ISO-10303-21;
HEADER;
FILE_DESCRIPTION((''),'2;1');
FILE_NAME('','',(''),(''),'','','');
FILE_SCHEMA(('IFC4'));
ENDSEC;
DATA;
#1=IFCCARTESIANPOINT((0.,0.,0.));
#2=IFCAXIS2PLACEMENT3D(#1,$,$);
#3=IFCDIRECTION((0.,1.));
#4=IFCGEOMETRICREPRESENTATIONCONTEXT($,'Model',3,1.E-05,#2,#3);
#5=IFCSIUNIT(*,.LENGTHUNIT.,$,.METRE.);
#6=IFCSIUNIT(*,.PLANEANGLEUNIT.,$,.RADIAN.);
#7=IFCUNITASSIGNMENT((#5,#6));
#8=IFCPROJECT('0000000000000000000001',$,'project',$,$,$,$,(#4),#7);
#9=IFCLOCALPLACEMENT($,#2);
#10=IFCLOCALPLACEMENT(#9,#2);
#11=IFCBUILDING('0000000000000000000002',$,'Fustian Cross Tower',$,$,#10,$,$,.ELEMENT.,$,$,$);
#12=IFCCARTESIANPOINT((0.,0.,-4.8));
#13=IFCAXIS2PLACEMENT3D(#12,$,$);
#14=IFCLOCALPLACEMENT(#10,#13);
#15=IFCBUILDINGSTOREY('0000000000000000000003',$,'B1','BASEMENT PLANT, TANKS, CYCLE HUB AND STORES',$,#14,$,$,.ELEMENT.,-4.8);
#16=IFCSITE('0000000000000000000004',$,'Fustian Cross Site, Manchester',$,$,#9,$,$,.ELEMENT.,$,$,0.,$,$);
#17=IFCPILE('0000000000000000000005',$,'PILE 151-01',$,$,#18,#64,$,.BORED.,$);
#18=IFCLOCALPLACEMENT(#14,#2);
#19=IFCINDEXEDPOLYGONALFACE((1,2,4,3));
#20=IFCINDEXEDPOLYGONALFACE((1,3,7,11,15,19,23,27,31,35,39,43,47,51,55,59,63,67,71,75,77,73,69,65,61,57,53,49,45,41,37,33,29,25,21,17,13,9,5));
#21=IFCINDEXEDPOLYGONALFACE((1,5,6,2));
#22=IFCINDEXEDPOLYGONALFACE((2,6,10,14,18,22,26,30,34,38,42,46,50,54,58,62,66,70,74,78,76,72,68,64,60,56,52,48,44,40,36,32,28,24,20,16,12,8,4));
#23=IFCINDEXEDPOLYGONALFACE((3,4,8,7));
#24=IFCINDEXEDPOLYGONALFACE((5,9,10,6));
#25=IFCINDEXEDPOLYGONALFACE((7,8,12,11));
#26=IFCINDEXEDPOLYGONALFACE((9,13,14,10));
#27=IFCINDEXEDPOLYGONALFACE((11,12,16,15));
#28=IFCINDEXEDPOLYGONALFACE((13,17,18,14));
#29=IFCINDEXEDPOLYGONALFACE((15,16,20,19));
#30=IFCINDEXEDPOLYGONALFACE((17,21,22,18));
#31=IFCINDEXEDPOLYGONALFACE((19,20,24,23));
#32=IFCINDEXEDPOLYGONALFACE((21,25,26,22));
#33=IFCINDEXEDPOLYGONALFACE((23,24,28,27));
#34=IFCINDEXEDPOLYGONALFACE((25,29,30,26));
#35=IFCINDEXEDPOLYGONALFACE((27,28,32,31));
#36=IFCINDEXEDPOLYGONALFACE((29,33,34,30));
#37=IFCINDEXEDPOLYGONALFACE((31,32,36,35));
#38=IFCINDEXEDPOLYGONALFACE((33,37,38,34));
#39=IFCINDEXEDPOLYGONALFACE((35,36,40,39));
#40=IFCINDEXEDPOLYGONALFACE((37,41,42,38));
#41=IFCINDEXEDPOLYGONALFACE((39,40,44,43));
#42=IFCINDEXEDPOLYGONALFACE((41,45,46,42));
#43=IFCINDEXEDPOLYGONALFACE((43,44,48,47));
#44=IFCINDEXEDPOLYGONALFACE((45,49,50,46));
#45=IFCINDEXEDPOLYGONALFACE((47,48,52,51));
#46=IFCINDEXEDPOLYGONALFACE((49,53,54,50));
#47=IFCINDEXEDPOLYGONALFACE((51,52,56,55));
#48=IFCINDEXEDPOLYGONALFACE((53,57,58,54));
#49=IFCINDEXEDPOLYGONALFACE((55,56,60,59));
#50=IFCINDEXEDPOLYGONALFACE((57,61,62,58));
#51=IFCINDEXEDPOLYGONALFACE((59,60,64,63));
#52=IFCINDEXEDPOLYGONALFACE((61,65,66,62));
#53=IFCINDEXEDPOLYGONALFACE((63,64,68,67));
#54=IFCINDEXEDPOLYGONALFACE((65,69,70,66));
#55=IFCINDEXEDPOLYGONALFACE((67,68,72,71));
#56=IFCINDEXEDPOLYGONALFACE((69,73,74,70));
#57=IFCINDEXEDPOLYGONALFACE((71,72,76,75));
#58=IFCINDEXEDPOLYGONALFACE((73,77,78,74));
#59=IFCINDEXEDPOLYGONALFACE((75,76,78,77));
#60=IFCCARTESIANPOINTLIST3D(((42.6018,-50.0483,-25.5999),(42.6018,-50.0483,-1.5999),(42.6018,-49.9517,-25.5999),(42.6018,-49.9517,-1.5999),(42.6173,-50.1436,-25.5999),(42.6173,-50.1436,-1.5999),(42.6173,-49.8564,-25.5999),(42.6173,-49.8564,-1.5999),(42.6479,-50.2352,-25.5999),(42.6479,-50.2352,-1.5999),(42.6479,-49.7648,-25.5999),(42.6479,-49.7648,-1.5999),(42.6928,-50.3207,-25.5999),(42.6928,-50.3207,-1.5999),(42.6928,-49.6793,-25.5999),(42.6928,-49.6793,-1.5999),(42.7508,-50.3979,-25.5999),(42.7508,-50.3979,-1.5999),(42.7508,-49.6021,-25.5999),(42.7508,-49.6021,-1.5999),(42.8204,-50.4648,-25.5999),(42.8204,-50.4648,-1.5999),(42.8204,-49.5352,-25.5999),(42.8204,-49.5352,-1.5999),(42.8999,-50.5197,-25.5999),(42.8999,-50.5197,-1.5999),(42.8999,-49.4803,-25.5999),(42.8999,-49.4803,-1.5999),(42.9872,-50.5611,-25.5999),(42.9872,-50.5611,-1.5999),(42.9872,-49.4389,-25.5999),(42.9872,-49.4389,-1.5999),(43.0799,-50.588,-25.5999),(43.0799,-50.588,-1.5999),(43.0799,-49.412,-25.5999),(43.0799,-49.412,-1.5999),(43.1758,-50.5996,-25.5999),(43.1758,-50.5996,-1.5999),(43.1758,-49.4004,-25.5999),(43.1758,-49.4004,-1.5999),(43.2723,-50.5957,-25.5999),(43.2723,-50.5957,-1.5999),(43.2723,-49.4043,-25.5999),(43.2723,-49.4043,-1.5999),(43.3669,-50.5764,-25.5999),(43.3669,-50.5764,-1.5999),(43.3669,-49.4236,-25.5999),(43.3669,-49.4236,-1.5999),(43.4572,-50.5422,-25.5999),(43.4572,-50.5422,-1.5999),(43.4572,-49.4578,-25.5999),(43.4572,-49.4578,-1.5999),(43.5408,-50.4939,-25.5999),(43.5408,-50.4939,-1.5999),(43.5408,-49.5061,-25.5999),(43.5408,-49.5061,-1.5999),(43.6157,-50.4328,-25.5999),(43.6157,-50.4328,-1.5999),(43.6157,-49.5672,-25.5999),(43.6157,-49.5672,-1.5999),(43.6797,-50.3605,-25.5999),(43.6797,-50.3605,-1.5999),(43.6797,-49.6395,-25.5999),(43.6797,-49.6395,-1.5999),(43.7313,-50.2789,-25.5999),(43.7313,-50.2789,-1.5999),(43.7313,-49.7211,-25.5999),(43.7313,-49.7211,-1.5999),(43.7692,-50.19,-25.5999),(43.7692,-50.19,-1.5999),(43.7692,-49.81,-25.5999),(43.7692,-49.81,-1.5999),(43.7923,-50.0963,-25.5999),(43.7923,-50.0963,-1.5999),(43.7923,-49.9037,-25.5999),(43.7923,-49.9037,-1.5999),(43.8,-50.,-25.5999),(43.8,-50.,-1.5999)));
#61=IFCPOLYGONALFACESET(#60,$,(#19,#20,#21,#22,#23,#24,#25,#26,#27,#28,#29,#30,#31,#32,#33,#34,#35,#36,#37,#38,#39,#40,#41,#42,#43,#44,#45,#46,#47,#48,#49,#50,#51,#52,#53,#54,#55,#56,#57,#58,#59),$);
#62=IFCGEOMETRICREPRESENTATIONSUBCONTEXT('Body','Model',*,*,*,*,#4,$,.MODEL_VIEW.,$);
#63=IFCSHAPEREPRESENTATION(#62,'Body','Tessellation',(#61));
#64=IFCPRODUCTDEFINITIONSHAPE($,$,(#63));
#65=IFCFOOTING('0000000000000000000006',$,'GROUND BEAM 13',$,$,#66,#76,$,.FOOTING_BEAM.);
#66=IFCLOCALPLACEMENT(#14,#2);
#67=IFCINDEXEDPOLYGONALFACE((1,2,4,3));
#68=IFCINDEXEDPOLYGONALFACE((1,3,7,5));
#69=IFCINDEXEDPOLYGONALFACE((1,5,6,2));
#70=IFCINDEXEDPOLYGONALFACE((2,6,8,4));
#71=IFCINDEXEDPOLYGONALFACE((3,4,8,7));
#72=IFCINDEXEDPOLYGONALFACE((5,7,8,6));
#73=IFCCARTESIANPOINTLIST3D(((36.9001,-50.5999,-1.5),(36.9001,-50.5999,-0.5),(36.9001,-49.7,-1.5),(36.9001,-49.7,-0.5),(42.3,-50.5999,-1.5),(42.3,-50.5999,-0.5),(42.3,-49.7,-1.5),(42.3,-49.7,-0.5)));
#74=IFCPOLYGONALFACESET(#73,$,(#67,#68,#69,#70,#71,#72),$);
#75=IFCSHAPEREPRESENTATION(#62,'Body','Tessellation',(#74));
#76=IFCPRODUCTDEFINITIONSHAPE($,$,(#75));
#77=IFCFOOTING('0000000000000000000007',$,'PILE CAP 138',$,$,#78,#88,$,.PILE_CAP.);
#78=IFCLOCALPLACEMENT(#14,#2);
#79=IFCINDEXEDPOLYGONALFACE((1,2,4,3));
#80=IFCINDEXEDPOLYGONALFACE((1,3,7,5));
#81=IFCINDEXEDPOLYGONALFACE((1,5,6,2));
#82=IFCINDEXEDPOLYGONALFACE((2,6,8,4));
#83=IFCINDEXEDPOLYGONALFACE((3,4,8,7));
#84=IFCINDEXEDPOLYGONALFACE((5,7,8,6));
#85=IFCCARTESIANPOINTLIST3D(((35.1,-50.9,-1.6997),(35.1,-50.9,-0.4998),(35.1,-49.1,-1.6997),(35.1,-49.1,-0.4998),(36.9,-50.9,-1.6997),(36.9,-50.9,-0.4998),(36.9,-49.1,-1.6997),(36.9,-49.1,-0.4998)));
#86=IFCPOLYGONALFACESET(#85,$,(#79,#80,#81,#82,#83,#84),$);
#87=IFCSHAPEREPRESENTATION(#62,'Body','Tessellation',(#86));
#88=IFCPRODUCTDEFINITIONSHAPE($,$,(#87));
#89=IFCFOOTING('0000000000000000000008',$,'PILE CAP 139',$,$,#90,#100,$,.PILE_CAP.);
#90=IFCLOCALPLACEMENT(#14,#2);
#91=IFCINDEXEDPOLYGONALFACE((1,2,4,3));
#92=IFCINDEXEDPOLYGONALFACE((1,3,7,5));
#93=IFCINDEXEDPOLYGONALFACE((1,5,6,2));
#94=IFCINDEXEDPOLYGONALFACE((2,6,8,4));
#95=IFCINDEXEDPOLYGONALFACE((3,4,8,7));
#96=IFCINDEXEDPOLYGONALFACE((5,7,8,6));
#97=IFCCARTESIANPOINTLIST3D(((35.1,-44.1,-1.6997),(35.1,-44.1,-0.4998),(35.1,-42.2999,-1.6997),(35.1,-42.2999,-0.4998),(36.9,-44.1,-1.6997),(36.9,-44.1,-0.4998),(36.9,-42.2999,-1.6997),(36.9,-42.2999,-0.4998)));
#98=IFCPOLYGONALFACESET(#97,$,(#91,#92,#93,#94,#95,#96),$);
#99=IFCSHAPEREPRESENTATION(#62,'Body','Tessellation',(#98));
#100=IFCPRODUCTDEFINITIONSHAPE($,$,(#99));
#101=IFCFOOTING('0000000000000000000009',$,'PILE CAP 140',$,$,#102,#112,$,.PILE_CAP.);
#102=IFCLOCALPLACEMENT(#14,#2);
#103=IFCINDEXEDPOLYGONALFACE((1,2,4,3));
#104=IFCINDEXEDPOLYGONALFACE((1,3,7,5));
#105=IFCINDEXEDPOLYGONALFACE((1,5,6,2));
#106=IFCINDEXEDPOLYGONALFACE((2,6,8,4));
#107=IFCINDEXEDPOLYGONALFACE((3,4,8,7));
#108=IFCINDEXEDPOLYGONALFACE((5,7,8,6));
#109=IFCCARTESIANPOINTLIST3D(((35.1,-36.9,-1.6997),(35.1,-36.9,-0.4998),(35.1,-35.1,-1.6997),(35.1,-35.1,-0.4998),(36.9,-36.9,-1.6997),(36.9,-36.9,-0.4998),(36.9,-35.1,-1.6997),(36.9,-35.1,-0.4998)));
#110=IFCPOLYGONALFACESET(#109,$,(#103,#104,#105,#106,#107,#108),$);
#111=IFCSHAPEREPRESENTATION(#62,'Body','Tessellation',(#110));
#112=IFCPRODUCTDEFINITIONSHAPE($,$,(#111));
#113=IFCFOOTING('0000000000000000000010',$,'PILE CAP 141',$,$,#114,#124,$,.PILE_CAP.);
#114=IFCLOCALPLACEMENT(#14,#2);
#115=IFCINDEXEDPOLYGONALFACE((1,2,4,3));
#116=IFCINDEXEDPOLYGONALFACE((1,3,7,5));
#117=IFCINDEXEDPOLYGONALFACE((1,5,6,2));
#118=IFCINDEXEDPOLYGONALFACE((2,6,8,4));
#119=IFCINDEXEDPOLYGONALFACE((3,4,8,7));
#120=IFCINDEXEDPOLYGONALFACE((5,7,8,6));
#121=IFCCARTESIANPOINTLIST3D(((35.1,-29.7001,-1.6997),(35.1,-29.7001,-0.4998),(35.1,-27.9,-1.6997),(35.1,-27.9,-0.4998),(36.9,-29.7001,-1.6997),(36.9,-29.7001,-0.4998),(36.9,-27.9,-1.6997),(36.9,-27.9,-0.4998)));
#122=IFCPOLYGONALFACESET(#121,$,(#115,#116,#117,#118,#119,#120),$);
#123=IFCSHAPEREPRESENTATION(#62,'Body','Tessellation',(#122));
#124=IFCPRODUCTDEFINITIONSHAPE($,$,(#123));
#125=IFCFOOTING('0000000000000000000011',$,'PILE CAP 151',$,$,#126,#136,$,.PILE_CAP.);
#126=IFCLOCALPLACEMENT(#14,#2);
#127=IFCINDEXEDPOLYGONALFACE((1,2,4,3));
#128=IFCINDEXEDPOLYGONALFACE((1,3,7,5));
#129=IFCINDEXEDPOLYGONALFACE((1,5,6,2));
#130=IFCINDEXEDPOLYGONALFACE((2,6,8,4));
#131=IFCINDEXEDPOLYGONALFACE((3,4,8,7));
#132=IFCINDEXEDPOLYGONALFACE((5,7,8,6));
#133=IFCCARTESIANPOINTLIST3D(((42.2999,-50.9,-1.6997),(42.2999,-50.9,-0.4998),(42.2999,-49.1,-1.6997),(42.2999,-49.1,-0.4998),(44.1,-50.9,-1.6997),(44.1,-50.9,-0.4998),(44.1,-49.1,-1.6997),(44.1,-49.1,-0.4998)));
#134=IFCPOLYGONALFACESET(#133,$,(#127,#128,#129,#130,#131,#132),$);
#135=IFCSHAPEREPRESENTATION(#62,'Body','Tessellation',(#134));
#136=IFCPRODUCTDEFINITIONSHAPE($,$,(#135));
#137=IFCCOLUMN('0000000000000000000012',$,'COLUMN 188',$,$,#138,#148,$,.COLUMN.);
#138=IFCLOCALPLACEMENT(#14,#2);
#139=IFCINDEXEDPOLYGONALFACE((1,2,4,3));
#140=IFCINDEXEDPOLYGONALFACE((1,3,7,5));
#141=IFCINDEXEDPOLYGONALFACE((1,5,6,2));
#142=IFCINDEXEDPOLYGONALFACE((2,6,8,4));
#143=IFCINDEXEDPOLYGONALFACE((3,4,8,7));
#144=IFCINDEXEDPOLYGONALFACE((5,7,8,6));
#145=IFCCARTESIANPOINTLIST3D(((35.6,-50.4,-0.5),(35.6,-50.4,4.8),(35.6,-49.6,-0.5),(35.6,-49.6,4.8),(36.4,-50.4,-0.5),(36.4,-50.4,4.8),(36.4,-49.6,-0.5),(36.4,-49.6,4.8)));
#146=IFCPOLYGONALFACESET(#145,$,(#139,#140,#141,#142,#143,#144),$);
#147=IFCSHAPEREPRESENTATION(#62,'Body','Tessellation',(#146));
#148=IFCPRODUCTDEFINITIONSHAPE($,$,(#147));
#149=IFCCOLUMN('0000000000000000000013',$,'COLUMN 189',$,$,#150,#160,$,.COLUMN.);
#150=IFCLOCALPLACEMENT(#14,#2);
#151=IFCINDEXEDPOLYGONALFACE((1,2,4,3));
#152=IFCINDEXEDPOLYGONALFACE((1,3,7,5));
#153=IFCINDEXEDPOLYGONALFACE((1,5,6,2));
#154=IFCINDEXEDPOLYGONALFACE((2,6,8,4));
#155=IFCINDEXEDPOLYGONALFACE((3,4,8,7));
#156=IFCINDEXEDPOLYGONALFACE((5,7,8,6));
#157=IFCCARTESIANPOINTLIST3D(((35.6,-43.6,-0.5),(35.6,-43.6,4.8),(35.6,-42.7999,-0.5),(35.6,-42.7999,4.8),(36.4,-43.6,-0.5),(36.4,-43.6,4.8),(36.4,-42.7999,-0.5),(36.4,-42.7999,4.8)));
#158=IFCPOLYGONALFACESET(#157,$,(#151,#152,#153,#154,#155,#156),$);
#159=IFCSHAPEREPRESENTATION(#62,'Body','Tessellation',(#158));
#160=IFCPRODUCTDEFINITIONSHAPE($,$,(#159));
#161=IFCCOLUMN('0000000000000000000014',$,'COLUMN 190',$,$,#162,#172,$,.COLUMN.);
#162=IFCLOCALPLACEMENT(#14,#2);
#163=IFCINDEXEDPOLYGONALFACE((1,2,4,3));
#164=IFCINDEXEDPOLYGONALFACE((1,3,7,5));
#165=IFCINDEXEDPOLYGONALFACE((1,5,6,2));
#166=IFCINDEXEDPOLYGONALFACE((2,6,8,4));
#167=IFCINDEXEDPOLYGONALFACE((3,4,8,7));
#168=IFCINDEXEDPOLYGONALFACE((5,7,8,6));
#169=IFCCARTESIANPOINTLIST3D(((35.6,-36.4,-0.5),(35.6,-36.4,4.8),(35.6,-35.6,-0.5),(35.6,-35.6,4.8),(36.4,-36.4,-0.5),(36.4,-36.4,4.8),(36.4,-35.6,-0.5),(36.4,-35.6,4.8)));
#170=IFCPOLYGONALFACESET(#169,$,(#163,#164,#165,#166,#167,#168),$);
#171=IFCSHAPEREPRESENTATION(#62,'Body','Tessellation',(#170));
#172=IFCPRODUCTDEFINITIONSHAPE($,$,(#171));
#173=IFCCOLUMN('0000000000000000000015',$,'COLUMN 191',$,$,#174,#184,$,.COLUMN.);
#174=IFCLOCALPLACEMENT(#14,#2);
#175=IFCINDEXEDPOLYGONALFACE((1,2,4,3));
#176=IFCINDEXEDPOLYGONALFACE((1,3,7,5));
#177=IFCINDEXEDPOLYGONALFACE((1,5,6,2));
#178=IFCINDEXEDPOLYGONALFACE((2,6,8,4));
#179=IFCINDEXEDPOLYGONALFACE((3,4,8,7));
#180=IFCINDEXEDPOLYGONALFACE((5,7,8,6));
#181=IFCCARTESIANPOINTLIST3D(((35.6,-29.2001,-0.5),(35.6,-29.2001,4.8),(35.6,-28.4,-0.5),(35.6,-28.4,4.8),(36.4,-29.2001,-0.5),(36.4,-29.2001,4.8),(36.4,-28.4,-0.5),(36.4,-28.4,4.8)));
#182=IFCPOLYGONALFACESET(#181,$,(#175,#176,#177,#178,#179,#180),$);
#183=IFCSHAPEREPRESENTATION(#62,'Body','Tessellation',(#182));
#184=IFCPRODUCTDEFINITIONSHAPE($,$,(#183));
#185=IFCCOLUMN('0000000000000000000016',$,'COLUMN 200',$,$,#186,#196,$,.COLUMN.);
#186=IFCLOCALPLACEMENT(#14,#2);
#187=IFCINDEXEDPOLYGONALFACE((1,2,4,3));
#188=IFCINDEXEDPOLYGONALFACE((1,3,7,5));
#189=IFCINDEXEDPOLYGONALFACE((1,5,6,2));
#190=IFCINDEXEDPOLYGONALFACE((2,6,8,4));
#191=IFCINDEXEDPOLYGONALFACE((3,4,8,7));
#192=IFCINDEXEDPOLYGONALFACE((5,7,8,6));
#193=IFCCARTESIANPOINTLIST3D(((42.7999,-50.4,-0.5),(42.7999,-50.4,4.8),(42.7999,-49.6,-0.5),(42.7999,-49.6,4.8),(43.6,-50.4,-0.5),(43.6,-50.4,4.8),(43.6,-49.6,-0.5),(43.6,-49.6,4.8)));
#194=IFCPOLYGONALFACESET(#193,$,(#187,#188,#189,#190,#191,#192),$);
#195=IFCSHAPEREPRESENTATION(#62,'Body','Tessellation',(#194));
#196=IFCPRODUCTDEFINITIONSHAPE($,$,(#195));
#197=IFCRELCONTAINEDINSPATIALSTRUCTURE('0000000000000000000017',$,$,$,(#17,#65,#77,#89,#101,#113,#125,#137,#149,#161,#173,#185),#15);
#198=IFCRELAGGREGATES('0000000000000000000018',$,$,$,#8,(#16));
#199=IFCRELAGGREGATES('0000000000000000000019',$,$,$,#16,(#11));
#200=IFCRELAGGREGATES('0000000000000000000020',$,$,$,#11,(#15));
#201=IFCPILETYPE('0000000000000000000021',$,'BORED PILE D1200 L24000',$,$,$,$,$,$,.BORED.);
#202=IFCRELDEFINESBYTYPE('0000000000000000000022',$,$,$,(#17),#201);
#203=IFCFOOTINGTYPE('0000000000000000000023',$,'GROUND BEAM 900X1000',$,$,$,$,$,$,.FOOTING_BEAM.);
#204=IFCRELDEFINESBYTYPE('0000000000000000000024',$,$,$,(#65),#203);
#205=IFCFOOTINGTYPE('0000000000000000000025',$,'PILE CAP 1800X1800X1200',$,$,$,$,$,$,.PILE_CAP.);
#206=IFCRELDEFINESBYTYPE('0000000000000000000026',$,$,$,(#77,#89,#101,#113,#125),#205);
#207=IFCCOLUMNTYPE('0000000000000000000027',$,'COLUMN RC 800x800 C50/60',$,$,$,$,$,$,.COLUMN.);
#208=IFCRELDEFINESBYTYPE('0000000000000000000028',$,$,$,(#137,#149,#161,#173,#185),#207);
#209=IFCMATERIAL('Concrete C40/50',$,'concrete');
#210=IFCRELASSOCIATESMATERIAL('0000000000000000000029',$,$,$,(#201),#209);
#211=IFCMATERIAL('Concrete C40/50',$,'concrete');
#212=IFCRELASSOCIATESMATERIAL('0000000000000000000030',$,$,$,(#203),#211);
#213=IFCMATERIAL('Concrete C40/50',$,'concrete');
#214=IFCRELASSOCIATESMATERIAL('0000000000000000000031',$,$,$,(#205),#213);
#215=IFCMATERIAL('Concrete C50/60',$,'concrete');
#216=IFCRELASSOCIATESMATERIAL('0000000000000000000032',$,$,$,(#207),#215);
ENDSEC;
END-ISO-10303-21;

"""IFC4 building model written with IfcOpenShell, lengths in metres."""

from ifc_helpers import new_model, si_unit, direction, frame, origin, origin_2d, place, context, subcontext, project, spatial, rectangle, circle, extrude, material, material_profile, profile_set, type_object, element, save


model = new_model("IFC4")

# Units and contexts
model_context = context("Model", 3, precision=1e-05, world=origin(), true_north=direction((0.0, 1.0)))
body_context = subcontext(model_context, "Body", "Model", "MODEL_VIEW")
ifc_project = project(units=[si_unit("LENGTHUNIT", "METRE"), si_unit("PLANEANGLEUNIT", "RADIAN")], contexts=[model_context])

# Site, building, storey
site_placement = place(None, origin())
site = spatial("IfcSite", under=ifc_project, at=site_placement, Name="Fustian Cross Site, Manchester", CompositionType="ELEMENT", RefElevation=0.0)
building_placement = place(site_placement, origin())
building = spatial("IfcBuilding", under=site, at=building_placement, Name="Fustian Cross Tower", CompositionType="ELEMENT")
storey_placement = place(building_placement, frame((0.0, 0.0, -4.8)))
storey = spatial("IfcBuildingStorey", under=building, at=storey_placement, Name="B1", Description="BASEMENT PLANT, TANKS, CYCLE HUB AND STORES", CompositionType="ELEMENT", Elevation=-4.8)

# Pile
ifc_material_1 = material(Name="Concrete C40/50", Category="concrete")
ifc_material_profile_1 = material_profile(ifc_material_1, circle(Radius=0.6001, at=origin_2d()), Name="BORED PILE D1200 L24000")
ifc_profile_set_1 = profile_set([ifc_material_profile_1], Name="Concrete C40/50")
pile_type = type_object("IfcPileType", Name="BORED PILE D1200 L24000", PredefinedType="BORED", material=ifc_profile_set_1)
for number, where, z_axis, x_axis, name in (
    (1, (43.2, -50.0, -1.5999), (0.0, 0.0, -1.0), (1.0, 0.0, 0.0), "PILE 151-01"),
):
    element("IfcPile", number, at=place(storey_placement, frame(where, z_axis=z_axis, x_axis=x_axis)), inside=storey, type_object=pile_type, Name=name, PredefinedType="BORED", context=body_context, shape_type="SweptSolid", body=[
        extrude(circle(Radius=0.6001, at=origin_2d()), origin(), (0.0, 0.0, 1.0), 24.0),
    ])

# Footings
ifc_material_2 = material(Name="Concrete C40/50", Category="concrete")
footing_type_1 = type_object("IfcFootingType", Name="GROUND BEAM 900X1000", PredefinedType="FOOTING_BEAM", material=ifc_material_2)
footing_placement = place(storey_placement, frame((39.6001, -50.1499, -1.5), z_axis=(0.0, 0.0, 1.0), x_axis=(1.0, 0.0, 0.0)))
element("IfcFooting", 2, at=footing_placement, inside=storey, type_object=footing_type_1, Name="GROUND BEAM 13", PredefinedType="FOOTING_BEAM", context=body_context, shape_type="SweptSolid", body=[
    extrude(rectangle(XDim=5.3999, YDim=0.8999, at=origin_2d()), origin(), (0.0, 0.0, 1.0), 1.0),
])
ifc_material_3 = material(Name="Concrete C40/50", Category="concrete")
footing_type_2 = type_object("IfcFootingType", Name="PILE CAP 1800X1800X1200", PredefinedType="PILE_CAP", material=ifc_material_3)
for number, where, z_axis, x_axis, name in (
    (3, (36.0, -50.0, -1.6997), (0.0, 0.0, 1.0), (1.0, 0.0, 0.0), "PILE CAP 138"),
    (4, (36.0, -43.2, -1.6997), (0.0, 0.0, 1.0), (1.0, 0.0, 0.0), "PILE CAP 139"),
    (5, (36.0, -36.0, -1.6997), (0.0, 0.0, 1.0), (1.0, 0.0, 0.0), "PILE CAP 140"),
    (6, (36.0, -28.8, -1.6997), (0.0, 0.0, 1.0), (1.0, 0.0, 0.0), "PILE CAP 141"),
    (7, (43.2, -50.0, -1.6997), (0.0, 0.0, 1.0), (1.0, 0.0, 0.0), "PILE CAP 151"),
):
    element("IfcFooting", number, at=place(storey_placement, frame(where, z_axis=z_axis, x_axis=x_axis)), inside=storey, type_object=footing_type_2, Name=name, PredefinedType="PILE_CAP", context=body_context, shape_type="SweptSolid", body=[
        extrude(rectangle(XDim=1.8, YDim=1.8, at=origin_2d()), origin(), (0.0, 0.0, 1.0), 1.2),
    ])

# Columns
ifc_material_4 = material(Name="Concrete C50/60", Category="concrete")
ifc_material_profile_2 = material_profile(ifc_material_4, rectangle(XDim=0.8, YDim=0.8, at=origin_2d()), Name="RC 800x800")
ifc_profile_set_2 = profile_set([ifc_material_profile_2], Name="Concrete C50/60")
column_type = type_object("IfcColumnType", Name="COLUMN RC 800x800 C50/60", PredefinedType="COLUMN", material=ifc_profile_set_2)
for number, where, z_axis, x_axis, name in (
    (8, (36.0, -50.0, -0.5), (0.0, 0.0, 1.0), (1.0, 0.0, 0.0), "COLUMN 188"),
    (9, (36.0, -43.2, -0.5), (0.0, 0.0, 1.0), (1.0, 0.0, 0.0), "COLUMN 189"),
    (10, (36.0, -36.0, -0.5), (0.0, 0.0, 1.0), (1.0, 0.0, 0.0), "COLUMN 190"),
    (11, (36.0, -28.8, -0.5), (0.0, 0.0, 1.0), (1.0, 0.0, 0.0), "COLUMN 191"),
    (12, (43.2, -50.0, -0.5), (0.0, 0.0, 1.0), (1.0, 0.0, 0.0), "COLUMN 200"),
):
    element("IfcColumn", number, at=place(storey_placement, frame(where, z_axis=z_axis, x_axis=x_axis)), inside=storey, type_object=column_type, Name=name, PredefinedType="COLUMN", context=body_context, shape_type="SweptSolid", body=[
        extrude(rectangle(XDim=0.8, YDim=0.8, at=origin_2d()), origin(), (0.0, 0.0, 1.0), 5.3),
    ])

save(model, "model.ifc")
